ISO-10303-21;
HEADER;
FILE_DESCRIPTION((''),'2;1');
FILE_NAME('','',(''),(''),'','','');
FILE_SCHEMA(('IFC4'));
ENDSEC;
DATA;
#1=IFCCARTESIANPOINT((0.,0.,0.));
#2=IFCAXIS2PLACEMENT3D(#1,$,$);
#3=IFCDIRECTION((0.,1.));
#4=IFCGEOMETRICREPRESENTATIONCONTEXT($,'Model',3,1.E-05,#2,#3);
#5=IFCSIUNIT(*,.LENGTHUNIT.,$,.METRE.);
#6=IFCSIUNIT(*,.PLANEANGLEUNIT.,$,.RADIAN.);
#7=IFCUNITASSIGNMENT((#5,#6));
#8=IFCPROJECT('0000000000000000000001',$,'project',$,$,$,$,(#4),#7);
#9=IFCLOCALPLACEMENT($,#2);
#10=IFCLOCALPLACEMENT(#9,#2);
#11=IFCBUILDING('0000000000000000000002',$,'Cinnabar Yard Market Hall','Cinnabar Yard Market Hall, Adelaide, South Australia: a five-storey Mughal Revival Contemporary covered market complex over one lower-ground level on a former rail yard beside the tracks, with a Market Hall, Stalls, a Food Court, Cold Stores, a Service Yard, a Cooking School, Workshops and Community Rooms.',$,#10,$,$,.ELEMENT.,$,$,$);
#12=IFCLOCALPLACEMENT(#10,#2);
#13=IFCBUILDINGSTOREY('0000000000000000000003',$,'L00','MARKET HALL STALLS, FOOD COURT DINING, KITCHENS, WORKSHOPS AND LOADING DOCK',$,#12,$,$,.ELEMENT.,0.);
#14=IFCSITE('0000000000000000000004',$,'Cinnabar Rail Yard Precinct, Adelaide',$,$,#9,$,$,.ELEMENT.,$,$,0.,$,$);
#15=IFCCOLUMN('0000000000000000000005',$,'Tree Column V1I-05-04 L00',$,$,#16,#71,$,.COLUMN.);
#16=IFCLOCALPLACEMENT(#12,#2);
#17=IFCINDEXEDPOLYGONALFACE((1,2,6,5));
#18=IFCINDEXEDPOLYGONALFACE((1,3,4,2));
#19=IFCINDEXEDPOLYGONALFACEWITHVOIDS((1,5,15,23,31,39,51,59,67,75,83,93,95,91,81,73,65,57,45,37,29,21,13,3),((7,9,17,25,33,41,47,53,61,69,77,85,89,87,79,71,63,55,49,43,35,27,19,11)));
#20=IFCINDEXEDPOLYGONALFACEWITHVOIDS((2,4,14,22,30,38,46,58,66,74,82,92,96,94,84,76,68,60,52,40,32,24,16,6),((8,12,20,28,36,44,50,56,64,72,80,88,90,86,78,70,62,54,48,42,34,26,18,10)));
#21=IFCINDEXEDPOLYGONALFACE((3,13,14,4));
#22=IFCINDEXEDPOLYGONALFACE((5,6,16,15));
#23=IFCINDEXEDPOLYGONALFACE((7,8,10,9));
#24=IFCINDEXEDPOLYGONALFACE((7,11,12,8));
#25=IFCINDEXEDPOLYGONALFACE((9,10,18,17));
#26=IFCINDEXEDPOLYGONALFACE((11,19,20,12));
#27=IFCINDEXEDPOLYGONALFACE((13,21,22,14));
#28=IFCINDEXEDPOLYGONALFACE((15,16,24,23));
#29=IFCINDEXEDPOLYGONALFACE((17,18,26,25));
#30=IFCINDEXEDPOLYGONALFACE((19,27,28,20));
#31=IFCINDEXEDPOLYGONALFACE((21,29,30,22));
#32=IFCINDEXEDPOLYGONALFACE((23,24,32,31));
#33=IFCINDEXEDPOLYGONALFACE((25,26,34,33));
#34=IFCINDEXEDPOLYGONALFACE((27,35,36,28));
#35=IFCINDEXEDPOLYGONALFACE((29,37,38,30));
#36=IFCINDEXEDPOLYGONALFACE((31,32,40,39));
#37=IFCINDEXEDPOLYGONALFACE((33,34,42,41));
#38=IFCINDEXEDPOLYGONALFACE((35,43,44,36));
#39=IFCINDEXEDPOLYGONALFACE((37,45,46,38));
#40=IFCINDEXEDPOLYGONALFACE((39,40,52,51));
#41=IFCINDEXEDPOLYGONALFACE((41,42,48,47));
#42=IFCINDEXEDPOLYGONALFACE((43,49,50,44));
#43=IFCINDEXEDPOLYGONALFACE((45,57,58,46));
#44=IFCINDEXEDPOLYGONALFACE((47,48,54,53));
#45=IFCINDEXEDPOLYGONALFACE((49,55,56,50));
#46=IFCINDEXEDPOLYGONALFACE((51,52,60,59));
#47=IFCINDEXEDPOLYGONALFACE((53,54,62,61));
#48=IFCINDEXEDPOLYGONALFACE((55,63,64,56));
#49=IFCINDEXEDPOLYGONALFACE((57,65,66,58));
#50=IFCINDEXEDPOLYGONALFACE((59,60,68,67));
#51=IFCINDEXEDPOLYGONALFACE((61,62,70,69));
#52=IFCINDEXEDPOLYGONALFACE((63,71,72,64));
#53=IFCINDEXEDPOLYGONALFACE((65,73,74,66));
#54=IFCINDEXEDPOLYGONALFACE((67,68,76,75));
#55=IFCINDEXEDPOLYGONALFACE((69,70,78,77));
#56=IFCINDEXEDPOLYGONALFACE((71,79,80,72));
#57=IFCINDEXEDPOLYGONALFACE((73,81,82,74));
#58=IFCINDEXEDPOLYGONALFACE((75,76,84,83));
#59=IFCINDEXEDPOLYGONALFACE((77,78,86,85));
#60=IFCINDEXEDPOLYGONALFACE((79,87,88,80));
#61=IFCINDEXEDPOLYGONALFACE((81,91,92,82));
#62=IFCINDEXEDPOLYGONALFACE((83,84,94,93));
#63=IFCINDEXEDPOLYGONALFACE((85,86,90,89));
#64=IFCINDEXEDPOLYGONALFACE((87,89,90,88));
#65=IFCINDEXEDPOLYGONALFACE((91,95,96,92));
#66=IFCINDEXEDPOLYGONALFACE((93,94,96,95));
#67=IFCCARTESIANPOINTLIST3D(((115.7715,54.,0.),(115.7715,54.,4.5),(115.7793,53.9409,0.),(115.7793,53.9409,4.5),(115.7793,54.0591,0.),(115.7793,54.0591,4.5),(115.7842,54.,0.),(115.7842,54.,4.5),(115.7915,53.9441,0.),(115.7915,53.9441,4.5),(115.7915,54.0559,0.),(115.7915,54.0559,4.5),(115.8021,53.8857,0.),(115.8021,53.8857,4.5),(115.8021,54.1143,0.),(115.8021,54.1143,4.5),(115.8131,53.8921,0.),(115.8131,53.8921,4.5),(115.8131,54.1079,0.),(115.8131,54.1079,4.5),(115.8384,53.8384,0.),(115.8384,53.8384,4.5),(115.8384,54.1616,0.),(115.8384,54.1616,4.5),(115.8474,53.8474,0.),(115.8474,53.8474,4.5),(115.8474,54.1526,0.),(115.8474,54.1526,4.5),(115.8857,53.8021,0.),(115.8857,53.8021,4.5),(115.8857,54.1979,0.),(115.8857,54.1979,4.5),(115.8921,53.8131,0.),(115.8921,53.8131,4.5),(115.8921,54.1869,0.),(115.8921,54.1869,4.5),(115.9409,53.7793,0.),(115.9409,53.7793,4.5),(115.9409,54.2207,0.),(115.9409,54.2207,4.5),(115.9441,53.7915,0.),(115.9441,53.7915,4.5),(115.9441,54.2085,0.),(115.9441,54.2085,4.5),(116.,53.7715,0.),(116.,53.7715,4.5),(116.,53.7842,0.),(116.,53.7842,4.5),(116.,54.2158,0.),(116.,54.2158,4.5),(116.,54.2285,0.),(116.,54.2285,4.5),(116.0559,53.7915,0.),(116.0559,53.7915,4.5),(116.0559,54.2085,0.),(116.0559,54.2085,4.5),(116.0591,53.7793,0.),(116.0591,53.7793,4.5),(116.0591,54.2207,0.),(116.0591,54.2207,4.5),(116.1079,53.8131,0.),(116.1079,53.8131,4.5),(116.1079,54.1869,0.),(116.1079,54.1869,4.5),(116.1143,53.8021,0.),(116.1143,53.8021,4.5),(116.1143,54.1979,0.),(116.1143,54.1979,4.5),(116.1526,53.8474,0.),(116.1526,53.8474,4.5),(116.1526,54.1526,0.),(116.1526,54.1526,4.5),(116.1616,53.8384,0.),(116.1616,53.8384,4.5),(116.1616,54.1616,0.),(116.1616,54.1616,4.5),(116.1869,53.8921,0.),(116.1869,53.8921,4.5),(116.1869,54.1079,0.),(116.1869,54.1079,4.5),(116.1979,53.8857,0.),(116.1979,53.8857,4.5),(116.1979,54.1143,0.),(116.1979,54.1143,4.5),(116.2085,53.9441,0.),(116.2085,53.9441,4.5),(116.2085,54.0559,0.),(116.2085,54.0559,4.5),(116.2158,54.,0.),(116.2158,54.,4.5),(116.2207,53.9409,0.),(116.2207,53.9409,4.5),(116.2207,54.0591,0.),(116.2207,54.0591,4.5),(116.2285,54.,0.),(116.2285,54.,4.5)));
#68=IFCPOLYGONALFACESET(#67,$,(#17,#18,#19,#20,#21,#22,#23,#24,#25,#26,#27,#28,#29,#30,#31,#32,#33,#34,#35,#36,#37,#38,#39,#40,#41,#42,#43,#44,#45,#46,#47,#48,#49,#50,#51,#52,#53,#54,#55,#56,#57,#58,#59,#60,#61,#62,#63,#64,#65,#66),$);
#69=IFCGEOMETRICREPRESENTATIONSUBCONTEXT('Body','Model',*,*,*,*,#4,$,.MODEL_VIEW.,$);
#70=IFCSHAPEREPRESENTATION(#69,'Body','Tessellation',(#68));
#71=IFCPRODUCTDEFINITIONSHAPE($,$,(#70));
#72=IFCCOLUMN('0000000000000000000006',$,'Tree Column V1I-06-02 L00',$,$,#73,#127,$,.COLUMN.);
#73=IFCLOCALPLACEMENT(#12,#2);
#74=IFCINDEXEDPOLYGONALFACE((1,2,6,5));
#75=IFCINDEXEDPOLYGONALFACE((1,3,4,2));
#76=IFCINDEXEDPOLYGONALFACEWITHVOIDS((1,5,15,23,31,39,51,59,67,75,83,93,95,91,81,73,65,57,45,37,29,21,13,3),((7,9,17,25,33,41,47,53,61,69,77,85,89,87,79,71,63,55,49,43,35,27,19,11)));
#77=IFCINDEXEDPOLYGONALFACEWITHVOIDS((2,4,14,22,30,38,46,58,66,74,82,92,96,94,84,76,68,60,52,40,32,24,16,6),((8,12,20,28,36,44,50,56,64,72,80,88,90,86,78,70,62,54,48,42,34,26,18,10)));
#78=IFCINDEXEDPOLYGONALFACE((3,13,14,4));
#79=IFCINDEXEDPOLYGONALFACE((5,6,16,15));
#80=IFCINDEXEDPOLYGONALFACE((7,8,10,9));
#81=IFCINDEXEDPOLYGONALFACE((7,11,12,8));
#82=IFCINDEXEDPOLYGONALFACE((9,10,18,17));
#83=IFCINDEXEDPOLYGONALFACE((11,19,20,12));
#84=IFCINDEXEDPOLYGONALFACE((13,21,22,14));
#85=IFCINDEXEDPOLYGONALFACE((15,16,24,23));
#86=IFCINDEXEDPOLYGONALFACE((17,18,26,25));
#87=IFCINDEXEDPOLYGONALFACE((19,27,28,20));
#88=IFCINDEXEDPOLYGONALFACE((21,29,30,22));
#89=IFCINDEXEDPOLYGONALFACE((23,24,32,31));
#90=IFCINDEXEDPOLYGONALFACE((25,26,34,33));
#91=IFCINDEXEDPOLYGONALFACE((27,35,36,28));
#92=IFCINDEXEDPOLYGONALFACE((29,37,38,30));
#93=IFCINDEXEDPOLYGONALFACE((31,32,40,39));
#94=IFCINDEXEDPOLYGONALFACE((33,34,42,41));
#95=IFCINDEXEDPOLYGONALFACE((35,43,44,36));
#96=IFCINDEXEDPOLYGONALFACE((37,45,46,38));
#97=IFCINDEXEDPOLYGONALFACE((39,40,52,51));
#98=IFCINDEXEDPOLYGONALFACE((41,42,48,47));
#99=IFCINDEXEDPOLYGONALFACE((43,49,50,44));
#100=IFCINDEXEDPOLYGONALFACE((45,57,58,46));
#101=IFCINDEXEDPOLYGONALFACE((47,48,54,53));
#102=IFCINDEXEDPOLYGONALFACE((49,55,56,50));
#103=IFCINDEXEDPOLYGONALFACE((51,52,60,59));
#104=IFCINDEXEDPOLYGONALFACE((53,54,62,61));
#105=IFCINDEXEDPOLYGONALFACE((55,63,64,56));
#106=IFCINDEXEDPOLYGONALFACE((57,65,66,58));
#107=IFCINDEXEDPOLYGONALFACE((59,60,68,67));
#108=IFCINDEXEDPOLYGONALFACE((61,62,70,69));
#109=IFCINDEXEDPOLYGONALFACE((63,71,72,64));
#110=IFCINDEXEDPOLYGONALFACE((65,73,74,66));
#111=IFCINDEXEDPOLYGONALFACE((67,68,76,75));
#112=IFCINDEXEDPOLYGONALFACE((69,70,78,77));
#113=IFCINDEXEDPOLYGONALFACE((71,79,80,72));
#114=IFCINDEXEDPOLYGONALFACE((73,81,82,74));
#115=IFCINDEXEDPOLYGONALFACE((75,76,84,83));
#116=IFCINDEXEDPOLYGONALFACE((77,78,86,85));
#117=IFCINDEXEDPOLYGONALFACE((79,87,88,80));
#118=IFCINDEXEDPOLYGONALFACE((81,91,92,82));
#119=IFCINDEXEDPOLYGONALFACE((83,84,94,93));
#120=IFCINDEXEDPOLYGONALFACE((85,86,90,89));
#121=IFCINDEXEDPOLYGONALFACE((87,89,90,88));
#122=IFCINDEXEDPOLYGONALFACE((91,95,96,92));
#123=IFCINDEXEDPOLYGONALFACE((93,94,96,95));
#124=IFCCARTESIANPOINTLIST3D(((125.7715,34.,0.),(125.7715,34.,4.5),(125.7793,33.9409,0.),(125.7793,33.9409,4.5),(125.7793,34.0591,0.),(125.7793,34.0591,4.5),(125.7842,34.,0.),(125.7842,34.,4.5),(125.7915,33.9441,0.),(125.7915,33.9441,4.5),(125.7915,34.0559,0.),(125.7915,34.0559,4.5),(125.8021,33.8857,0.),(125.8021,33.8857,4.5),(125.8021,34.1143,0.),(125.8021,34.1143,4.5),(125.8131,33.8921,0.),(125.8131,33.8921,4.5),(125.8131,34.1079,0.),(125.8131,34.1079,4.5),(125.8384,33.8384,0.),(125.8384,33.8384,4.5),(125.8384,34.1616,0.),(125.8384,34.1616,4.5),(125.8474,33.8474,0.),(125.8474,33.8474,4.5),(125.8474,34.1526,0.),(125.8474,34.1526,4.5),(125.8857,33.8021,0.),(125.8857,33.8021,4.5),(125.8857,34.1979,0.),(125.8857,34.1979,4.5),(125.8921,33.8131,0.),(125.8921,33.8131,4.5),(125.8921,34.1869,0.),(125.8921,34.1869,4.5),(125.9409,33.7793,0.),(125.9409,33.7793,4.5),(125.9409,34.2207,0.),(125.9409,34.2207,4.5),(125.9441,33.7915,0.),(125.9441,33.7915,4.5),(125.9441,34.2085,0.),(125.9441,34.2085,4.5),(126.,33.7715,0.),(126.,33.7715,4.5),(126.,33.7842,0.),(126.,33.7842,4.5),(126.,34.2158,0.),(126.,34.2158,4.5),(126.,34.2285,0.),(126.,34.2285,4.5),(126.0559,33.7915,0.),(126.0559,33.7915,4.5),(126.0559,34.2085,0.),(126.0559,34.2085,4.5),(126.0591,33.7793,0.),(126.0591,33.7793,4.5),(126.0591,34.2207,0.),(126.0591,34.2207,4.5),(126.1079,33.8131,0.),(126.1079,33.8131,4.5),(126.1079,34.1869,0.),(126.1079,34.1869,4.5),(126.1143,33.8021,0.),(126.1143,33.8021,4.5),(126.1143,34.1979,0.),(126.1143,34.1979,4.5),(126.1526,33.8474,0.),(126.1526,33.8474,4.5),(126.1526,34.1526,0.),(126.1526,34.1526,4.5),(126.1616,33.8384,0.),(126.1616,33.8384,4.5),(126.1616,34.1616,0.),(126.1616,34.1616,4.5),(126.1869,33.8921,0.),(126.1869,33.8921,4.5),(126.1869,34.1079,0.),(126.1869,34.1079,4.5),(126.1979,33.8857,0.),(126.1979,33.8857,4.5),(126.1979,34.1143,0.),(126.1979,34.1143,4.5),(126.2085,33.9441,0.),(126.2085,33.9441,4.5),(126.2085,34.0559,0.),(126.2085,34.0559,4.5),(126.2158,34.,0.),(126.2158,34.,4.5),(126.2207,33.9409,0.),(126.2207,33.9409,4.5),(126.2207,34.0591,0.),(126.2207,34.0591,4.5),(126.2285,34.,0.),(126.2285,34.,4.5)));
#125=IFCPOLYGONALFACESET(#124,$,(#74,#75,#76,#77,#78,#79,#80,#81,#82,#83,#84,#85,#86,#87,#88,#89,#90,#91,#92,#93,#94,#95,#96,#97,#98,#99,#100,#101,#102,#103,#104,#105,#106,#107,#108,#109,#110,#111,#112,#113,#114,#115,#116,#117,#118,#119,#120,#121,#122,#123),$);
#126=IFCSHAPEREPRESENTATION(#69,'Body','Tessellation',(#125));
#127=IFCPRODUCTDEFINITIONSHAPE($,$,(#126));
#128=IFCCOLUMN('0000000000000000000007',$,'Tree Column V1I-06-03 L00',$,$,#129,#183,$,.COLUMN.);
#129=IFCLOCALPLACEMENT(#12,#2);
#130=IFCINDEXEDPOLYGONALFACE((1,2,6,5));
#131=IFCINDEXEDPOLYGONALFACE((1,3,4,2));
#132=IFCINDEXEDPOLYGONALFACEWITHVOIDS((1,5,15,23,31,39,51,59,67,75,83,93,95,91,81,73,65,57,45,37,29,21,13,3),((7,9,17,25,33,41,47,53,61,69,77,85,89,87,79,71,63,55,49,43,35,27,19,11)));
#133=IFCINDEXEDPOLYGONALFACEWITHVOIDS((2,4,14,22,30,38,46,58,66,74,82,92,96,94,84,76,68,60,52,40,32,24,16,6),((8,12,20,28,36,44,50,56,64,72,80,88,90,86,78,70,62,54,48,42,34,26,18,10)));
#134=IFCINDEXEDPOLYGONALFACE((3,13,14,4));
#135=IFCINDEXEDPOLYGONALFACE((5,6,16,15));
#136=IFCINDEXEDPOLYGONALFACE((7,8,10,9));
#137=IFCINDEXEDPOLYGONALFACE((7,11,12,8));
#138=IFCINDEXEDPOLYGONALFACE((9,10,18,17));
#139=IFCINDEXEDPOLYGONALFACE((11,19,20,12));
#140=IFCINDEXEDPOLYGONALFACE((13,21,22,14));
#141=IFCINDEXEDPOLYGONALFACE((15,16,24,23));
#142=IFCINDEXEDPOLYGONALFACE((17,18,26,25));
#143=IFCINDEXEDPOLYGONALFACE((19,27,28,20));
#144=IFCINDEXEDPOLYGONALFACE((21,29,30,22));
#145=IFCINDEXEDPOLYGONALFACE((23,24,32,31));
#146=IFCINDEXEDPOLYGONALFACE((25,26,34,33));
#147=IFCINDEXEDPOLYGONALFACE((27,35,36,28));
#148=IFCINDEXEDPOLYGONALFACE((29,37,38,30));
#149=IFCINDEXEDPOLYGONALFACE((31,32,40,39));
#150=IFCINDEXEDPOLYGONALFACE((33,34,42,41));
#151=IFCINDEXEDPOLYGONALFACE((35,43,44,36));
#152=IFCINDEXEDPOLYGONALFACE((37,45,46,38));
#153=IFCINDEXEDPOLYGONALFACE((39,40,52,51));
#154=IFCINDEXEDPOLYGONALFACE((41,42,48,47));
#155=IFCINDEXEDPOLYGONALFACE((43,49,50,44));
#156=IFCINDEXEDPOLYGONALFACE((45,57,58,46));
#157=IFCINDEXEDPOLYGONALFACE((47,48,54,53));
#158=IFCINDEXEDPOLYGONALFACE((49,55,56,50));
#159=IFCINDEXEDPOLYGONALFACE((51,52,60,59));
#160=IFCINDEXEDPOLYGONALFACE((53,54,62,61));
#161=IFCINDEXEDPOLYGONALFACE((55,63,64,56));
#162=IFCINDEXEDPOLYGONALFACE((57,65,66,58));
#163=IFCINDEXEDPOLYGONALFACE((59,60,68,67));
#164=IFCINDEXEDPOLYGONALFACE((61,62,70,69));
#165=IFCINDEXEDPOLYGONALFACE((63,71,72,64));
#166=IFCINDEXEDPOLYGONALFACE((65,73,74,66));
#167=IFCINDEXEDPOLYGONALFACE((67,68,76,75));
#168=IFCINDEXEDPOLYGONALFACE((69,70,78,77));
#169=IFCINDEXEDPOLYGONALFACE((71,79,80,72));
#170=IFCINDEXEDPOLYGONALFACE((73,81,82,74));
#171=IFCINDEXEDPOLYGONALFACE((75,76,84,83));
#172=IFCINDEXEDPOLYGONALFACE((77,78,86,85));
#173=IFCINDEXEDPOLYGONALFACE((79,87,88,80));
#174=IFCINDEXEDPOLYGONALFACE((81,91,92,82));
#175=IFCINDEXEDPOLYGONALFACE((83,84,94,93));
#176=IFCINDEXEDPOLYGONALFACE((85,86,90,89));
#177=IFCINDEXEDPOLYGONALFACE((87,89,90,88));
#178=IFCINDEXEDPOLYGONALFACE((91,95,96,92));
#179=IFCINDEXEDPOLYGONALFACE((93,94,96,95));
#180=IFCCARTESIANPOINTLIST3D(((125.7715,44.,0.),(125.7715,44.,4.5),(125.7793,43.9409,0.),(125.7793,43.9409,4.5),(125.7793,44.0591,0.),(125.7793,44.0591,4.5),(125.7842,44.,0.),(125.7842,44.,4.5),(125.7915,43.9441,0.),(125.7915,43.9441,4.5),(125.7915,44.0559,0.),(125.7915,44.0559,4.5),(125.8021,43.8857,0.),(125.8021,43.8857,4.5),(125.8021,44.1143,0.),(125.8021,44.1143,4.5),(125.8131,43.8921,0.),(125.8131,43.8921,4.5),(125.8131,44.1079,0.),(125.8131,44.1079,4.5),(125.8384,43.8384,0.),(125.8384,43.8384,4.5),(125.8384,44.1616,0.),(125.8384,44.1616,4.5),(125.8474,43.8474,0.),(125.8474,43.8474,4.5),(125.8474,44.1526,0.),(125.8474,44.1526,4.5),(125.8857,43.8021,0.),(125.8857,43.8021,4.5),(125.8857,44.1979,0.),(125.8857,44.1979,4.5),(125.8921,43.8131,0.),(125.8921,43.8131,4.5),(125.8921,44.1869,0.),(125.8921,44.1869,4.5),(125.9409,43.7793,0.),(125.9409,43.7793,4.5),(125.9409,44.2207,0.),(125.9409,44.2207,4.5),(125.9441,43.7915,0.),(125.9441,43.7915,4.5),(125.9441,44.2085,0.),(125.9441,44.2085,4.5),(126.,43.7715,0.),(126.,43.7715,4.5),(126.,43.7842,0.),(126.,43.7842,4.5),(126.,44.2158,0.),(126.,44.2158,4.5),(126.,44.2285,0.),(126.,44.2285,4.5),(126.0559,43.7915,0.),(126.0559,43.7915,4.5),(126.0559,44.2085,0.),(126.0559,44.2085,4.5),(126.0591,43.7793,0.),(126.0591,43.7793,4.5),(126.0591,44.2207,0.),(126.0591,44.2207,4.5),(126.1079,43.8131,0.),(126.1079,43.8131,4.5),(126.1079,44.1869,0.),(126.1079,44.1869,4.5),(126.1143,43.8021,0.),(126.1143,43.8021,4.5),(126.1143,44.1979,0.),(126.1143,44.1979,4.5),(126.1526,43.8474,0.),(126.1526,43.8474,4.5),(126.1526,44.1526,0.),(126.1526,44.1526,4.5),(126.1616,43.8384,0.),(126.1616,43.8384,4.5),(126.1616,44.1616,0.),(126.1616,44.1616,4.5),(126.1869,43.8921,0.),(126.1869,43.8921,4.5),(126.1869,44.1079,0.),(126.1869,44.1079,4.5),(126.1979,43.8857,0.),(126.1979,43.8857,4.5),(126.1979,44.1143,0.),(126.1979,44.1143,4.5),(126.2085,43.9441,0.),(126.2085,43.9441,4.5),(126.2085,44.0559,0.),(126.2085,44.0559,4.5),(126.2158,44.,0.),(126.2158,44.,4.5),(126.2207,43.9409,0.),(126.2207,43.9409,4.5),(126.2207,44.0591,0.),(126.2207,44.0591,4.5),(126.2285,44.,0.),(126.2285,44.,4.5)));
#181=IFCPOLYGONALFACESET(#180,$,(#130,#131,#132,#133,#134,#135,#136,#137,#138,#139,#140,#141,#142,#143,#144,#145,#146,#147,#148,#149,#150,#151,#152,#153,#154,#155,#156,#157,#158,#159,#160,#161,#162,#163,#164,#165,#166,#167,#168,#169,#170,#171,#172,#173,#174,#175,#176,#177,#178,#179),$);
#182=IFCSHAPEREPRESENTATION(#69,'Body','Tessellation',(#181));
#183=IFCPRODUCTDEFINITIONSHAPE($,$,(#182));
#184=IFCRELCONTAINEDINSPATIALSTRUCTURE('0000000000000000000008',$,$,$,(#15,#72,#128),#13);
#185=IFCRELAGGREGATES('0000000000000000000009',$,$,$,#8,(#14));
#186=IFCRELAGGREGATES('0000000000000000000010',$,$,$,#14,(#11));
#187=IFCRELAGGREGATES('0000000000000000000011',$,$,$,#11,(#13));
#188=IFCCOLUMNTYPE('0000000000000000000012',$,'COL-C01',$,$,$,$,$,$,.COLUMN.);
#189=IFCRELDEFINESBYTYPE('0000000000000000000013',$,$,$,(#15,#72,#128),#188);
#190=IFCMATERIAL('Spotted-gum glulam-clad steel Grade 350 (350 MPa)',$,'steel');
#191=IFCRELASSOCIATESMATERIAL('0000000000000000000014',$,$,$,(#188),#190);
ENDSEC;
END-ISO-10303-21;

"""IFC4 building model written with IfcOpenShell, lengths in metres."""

from ifc_helpers import new_model, si_unit, direction, frame, origin, origin_2d_with_axis, place, context, subcontext, project, spatial, hollow_circle, extrude, material, material_profile, profile_set, type_object, element, save


model = new_model("IFC4")

# Units and contexts
model_context = context("Model", 3, precision=1e-05, world=origin(), true_north=direction((0.0, 1.0)))
body_context = subcontext(model_context, "Body", "Model", "MODEL_VIEW")
ifc_project = project(units=[si_unit("LENGTHUNIT", "METRE"), si_unit("PLANEANGLEUNIT", "RADIAN")], contexts=[model_context])

# Site, building, storey
site_placement = place(None, origin())
site = spatial("IfcSite", under=ifc_project, at=site_placement, Name="Cinnabar Rail Yard Precinct, Adelaide", CompositionType="ELEMENT", RefElevation=0.0)
building_placement = place(site_placement, origin())
building = spatial("IfcBuilding", under=site, at=building_placement, Name="Cinnabar Yard Market Hall", Description="Cinnabar Yard Market Hall, Adelaide, South Australia: a five-storey Mughal Revival Contemporary covered market complex over one lower-ground level on a former rail yard beside the tracks, with a Market Hall, Stalls, a Food Court, Cold Stores, a Service Yard, a Cooking School, Workshops and Community Rooms.", CompositionType="ELEMENT")
storey_placement = place(building_placement, origin())
storey = spatial("IfcBuildingStorey", under=building, at=storey_placement, Name="L00", Description="MARKET HALL STALLS, FOOD COURT DINING, KITCHENS, WORKSHOPS AND LOADING DOCK", CompositionType="ELEMENT", Elevation=0.0)

# Columns
ifc_material_1 = material(Name="Spotted-gum glulam-clad steel Grade 350 (350 MPa)", Category="steel")
ifc_material_profile_1 = material_profile(ifc_material_1, hollow_circle(Radius=0.2285, WallThickness=0.0127, at=origin_2d_with_axis()), Name="457.0x12.7CHS")
ifc_profile_set_1 = profile_set([ifc_material_profile_1], Name="Spotted-gum glulam-clad steel Grade 350 (350 MPa)")
column_type = type_object("IfcColumnType", Name="COL-C01", PredefinedType="COLUMN", material=ifc_profile_set_1)
for number, where, z_axis, x_axis, name in (
    (1, (116.0, 54.0, 0.0), (0.0, 0.0, 1.0), (1.0, 0.0, 0.0), "Tree Column V1I-05-04 L00"),
    (2, (126.0, 34.0, 0.0), (0.0, 0.0, 1.0), (1.0, 0.0, 0.0), "Tree Column V1I-06-02 L00"),
    (3, (126.0, 44.0, 0.0), (0.0, 0.0, 1.0), (1.0, 0.0, 0.0), "Tree Column V1I-06-03 L00"),
):
    element("IfcColumn", number, at=place(storey_placement, frame(where, z_axis=z_axis, x_axis=x_axis)), inside=storey, type_object=column_type, Name=name, PredefinedType="COLUMN", context=body_context, shape_type="SweptSolid", body=[
        extrude(hollow_circle(Radius=0.2285, WallThickness=0.0127, at=origin_2d_with_axis()), origin(), (0.0, 0.0, 1.0), 4.5),
    ])

save(model, "model.ifc")
